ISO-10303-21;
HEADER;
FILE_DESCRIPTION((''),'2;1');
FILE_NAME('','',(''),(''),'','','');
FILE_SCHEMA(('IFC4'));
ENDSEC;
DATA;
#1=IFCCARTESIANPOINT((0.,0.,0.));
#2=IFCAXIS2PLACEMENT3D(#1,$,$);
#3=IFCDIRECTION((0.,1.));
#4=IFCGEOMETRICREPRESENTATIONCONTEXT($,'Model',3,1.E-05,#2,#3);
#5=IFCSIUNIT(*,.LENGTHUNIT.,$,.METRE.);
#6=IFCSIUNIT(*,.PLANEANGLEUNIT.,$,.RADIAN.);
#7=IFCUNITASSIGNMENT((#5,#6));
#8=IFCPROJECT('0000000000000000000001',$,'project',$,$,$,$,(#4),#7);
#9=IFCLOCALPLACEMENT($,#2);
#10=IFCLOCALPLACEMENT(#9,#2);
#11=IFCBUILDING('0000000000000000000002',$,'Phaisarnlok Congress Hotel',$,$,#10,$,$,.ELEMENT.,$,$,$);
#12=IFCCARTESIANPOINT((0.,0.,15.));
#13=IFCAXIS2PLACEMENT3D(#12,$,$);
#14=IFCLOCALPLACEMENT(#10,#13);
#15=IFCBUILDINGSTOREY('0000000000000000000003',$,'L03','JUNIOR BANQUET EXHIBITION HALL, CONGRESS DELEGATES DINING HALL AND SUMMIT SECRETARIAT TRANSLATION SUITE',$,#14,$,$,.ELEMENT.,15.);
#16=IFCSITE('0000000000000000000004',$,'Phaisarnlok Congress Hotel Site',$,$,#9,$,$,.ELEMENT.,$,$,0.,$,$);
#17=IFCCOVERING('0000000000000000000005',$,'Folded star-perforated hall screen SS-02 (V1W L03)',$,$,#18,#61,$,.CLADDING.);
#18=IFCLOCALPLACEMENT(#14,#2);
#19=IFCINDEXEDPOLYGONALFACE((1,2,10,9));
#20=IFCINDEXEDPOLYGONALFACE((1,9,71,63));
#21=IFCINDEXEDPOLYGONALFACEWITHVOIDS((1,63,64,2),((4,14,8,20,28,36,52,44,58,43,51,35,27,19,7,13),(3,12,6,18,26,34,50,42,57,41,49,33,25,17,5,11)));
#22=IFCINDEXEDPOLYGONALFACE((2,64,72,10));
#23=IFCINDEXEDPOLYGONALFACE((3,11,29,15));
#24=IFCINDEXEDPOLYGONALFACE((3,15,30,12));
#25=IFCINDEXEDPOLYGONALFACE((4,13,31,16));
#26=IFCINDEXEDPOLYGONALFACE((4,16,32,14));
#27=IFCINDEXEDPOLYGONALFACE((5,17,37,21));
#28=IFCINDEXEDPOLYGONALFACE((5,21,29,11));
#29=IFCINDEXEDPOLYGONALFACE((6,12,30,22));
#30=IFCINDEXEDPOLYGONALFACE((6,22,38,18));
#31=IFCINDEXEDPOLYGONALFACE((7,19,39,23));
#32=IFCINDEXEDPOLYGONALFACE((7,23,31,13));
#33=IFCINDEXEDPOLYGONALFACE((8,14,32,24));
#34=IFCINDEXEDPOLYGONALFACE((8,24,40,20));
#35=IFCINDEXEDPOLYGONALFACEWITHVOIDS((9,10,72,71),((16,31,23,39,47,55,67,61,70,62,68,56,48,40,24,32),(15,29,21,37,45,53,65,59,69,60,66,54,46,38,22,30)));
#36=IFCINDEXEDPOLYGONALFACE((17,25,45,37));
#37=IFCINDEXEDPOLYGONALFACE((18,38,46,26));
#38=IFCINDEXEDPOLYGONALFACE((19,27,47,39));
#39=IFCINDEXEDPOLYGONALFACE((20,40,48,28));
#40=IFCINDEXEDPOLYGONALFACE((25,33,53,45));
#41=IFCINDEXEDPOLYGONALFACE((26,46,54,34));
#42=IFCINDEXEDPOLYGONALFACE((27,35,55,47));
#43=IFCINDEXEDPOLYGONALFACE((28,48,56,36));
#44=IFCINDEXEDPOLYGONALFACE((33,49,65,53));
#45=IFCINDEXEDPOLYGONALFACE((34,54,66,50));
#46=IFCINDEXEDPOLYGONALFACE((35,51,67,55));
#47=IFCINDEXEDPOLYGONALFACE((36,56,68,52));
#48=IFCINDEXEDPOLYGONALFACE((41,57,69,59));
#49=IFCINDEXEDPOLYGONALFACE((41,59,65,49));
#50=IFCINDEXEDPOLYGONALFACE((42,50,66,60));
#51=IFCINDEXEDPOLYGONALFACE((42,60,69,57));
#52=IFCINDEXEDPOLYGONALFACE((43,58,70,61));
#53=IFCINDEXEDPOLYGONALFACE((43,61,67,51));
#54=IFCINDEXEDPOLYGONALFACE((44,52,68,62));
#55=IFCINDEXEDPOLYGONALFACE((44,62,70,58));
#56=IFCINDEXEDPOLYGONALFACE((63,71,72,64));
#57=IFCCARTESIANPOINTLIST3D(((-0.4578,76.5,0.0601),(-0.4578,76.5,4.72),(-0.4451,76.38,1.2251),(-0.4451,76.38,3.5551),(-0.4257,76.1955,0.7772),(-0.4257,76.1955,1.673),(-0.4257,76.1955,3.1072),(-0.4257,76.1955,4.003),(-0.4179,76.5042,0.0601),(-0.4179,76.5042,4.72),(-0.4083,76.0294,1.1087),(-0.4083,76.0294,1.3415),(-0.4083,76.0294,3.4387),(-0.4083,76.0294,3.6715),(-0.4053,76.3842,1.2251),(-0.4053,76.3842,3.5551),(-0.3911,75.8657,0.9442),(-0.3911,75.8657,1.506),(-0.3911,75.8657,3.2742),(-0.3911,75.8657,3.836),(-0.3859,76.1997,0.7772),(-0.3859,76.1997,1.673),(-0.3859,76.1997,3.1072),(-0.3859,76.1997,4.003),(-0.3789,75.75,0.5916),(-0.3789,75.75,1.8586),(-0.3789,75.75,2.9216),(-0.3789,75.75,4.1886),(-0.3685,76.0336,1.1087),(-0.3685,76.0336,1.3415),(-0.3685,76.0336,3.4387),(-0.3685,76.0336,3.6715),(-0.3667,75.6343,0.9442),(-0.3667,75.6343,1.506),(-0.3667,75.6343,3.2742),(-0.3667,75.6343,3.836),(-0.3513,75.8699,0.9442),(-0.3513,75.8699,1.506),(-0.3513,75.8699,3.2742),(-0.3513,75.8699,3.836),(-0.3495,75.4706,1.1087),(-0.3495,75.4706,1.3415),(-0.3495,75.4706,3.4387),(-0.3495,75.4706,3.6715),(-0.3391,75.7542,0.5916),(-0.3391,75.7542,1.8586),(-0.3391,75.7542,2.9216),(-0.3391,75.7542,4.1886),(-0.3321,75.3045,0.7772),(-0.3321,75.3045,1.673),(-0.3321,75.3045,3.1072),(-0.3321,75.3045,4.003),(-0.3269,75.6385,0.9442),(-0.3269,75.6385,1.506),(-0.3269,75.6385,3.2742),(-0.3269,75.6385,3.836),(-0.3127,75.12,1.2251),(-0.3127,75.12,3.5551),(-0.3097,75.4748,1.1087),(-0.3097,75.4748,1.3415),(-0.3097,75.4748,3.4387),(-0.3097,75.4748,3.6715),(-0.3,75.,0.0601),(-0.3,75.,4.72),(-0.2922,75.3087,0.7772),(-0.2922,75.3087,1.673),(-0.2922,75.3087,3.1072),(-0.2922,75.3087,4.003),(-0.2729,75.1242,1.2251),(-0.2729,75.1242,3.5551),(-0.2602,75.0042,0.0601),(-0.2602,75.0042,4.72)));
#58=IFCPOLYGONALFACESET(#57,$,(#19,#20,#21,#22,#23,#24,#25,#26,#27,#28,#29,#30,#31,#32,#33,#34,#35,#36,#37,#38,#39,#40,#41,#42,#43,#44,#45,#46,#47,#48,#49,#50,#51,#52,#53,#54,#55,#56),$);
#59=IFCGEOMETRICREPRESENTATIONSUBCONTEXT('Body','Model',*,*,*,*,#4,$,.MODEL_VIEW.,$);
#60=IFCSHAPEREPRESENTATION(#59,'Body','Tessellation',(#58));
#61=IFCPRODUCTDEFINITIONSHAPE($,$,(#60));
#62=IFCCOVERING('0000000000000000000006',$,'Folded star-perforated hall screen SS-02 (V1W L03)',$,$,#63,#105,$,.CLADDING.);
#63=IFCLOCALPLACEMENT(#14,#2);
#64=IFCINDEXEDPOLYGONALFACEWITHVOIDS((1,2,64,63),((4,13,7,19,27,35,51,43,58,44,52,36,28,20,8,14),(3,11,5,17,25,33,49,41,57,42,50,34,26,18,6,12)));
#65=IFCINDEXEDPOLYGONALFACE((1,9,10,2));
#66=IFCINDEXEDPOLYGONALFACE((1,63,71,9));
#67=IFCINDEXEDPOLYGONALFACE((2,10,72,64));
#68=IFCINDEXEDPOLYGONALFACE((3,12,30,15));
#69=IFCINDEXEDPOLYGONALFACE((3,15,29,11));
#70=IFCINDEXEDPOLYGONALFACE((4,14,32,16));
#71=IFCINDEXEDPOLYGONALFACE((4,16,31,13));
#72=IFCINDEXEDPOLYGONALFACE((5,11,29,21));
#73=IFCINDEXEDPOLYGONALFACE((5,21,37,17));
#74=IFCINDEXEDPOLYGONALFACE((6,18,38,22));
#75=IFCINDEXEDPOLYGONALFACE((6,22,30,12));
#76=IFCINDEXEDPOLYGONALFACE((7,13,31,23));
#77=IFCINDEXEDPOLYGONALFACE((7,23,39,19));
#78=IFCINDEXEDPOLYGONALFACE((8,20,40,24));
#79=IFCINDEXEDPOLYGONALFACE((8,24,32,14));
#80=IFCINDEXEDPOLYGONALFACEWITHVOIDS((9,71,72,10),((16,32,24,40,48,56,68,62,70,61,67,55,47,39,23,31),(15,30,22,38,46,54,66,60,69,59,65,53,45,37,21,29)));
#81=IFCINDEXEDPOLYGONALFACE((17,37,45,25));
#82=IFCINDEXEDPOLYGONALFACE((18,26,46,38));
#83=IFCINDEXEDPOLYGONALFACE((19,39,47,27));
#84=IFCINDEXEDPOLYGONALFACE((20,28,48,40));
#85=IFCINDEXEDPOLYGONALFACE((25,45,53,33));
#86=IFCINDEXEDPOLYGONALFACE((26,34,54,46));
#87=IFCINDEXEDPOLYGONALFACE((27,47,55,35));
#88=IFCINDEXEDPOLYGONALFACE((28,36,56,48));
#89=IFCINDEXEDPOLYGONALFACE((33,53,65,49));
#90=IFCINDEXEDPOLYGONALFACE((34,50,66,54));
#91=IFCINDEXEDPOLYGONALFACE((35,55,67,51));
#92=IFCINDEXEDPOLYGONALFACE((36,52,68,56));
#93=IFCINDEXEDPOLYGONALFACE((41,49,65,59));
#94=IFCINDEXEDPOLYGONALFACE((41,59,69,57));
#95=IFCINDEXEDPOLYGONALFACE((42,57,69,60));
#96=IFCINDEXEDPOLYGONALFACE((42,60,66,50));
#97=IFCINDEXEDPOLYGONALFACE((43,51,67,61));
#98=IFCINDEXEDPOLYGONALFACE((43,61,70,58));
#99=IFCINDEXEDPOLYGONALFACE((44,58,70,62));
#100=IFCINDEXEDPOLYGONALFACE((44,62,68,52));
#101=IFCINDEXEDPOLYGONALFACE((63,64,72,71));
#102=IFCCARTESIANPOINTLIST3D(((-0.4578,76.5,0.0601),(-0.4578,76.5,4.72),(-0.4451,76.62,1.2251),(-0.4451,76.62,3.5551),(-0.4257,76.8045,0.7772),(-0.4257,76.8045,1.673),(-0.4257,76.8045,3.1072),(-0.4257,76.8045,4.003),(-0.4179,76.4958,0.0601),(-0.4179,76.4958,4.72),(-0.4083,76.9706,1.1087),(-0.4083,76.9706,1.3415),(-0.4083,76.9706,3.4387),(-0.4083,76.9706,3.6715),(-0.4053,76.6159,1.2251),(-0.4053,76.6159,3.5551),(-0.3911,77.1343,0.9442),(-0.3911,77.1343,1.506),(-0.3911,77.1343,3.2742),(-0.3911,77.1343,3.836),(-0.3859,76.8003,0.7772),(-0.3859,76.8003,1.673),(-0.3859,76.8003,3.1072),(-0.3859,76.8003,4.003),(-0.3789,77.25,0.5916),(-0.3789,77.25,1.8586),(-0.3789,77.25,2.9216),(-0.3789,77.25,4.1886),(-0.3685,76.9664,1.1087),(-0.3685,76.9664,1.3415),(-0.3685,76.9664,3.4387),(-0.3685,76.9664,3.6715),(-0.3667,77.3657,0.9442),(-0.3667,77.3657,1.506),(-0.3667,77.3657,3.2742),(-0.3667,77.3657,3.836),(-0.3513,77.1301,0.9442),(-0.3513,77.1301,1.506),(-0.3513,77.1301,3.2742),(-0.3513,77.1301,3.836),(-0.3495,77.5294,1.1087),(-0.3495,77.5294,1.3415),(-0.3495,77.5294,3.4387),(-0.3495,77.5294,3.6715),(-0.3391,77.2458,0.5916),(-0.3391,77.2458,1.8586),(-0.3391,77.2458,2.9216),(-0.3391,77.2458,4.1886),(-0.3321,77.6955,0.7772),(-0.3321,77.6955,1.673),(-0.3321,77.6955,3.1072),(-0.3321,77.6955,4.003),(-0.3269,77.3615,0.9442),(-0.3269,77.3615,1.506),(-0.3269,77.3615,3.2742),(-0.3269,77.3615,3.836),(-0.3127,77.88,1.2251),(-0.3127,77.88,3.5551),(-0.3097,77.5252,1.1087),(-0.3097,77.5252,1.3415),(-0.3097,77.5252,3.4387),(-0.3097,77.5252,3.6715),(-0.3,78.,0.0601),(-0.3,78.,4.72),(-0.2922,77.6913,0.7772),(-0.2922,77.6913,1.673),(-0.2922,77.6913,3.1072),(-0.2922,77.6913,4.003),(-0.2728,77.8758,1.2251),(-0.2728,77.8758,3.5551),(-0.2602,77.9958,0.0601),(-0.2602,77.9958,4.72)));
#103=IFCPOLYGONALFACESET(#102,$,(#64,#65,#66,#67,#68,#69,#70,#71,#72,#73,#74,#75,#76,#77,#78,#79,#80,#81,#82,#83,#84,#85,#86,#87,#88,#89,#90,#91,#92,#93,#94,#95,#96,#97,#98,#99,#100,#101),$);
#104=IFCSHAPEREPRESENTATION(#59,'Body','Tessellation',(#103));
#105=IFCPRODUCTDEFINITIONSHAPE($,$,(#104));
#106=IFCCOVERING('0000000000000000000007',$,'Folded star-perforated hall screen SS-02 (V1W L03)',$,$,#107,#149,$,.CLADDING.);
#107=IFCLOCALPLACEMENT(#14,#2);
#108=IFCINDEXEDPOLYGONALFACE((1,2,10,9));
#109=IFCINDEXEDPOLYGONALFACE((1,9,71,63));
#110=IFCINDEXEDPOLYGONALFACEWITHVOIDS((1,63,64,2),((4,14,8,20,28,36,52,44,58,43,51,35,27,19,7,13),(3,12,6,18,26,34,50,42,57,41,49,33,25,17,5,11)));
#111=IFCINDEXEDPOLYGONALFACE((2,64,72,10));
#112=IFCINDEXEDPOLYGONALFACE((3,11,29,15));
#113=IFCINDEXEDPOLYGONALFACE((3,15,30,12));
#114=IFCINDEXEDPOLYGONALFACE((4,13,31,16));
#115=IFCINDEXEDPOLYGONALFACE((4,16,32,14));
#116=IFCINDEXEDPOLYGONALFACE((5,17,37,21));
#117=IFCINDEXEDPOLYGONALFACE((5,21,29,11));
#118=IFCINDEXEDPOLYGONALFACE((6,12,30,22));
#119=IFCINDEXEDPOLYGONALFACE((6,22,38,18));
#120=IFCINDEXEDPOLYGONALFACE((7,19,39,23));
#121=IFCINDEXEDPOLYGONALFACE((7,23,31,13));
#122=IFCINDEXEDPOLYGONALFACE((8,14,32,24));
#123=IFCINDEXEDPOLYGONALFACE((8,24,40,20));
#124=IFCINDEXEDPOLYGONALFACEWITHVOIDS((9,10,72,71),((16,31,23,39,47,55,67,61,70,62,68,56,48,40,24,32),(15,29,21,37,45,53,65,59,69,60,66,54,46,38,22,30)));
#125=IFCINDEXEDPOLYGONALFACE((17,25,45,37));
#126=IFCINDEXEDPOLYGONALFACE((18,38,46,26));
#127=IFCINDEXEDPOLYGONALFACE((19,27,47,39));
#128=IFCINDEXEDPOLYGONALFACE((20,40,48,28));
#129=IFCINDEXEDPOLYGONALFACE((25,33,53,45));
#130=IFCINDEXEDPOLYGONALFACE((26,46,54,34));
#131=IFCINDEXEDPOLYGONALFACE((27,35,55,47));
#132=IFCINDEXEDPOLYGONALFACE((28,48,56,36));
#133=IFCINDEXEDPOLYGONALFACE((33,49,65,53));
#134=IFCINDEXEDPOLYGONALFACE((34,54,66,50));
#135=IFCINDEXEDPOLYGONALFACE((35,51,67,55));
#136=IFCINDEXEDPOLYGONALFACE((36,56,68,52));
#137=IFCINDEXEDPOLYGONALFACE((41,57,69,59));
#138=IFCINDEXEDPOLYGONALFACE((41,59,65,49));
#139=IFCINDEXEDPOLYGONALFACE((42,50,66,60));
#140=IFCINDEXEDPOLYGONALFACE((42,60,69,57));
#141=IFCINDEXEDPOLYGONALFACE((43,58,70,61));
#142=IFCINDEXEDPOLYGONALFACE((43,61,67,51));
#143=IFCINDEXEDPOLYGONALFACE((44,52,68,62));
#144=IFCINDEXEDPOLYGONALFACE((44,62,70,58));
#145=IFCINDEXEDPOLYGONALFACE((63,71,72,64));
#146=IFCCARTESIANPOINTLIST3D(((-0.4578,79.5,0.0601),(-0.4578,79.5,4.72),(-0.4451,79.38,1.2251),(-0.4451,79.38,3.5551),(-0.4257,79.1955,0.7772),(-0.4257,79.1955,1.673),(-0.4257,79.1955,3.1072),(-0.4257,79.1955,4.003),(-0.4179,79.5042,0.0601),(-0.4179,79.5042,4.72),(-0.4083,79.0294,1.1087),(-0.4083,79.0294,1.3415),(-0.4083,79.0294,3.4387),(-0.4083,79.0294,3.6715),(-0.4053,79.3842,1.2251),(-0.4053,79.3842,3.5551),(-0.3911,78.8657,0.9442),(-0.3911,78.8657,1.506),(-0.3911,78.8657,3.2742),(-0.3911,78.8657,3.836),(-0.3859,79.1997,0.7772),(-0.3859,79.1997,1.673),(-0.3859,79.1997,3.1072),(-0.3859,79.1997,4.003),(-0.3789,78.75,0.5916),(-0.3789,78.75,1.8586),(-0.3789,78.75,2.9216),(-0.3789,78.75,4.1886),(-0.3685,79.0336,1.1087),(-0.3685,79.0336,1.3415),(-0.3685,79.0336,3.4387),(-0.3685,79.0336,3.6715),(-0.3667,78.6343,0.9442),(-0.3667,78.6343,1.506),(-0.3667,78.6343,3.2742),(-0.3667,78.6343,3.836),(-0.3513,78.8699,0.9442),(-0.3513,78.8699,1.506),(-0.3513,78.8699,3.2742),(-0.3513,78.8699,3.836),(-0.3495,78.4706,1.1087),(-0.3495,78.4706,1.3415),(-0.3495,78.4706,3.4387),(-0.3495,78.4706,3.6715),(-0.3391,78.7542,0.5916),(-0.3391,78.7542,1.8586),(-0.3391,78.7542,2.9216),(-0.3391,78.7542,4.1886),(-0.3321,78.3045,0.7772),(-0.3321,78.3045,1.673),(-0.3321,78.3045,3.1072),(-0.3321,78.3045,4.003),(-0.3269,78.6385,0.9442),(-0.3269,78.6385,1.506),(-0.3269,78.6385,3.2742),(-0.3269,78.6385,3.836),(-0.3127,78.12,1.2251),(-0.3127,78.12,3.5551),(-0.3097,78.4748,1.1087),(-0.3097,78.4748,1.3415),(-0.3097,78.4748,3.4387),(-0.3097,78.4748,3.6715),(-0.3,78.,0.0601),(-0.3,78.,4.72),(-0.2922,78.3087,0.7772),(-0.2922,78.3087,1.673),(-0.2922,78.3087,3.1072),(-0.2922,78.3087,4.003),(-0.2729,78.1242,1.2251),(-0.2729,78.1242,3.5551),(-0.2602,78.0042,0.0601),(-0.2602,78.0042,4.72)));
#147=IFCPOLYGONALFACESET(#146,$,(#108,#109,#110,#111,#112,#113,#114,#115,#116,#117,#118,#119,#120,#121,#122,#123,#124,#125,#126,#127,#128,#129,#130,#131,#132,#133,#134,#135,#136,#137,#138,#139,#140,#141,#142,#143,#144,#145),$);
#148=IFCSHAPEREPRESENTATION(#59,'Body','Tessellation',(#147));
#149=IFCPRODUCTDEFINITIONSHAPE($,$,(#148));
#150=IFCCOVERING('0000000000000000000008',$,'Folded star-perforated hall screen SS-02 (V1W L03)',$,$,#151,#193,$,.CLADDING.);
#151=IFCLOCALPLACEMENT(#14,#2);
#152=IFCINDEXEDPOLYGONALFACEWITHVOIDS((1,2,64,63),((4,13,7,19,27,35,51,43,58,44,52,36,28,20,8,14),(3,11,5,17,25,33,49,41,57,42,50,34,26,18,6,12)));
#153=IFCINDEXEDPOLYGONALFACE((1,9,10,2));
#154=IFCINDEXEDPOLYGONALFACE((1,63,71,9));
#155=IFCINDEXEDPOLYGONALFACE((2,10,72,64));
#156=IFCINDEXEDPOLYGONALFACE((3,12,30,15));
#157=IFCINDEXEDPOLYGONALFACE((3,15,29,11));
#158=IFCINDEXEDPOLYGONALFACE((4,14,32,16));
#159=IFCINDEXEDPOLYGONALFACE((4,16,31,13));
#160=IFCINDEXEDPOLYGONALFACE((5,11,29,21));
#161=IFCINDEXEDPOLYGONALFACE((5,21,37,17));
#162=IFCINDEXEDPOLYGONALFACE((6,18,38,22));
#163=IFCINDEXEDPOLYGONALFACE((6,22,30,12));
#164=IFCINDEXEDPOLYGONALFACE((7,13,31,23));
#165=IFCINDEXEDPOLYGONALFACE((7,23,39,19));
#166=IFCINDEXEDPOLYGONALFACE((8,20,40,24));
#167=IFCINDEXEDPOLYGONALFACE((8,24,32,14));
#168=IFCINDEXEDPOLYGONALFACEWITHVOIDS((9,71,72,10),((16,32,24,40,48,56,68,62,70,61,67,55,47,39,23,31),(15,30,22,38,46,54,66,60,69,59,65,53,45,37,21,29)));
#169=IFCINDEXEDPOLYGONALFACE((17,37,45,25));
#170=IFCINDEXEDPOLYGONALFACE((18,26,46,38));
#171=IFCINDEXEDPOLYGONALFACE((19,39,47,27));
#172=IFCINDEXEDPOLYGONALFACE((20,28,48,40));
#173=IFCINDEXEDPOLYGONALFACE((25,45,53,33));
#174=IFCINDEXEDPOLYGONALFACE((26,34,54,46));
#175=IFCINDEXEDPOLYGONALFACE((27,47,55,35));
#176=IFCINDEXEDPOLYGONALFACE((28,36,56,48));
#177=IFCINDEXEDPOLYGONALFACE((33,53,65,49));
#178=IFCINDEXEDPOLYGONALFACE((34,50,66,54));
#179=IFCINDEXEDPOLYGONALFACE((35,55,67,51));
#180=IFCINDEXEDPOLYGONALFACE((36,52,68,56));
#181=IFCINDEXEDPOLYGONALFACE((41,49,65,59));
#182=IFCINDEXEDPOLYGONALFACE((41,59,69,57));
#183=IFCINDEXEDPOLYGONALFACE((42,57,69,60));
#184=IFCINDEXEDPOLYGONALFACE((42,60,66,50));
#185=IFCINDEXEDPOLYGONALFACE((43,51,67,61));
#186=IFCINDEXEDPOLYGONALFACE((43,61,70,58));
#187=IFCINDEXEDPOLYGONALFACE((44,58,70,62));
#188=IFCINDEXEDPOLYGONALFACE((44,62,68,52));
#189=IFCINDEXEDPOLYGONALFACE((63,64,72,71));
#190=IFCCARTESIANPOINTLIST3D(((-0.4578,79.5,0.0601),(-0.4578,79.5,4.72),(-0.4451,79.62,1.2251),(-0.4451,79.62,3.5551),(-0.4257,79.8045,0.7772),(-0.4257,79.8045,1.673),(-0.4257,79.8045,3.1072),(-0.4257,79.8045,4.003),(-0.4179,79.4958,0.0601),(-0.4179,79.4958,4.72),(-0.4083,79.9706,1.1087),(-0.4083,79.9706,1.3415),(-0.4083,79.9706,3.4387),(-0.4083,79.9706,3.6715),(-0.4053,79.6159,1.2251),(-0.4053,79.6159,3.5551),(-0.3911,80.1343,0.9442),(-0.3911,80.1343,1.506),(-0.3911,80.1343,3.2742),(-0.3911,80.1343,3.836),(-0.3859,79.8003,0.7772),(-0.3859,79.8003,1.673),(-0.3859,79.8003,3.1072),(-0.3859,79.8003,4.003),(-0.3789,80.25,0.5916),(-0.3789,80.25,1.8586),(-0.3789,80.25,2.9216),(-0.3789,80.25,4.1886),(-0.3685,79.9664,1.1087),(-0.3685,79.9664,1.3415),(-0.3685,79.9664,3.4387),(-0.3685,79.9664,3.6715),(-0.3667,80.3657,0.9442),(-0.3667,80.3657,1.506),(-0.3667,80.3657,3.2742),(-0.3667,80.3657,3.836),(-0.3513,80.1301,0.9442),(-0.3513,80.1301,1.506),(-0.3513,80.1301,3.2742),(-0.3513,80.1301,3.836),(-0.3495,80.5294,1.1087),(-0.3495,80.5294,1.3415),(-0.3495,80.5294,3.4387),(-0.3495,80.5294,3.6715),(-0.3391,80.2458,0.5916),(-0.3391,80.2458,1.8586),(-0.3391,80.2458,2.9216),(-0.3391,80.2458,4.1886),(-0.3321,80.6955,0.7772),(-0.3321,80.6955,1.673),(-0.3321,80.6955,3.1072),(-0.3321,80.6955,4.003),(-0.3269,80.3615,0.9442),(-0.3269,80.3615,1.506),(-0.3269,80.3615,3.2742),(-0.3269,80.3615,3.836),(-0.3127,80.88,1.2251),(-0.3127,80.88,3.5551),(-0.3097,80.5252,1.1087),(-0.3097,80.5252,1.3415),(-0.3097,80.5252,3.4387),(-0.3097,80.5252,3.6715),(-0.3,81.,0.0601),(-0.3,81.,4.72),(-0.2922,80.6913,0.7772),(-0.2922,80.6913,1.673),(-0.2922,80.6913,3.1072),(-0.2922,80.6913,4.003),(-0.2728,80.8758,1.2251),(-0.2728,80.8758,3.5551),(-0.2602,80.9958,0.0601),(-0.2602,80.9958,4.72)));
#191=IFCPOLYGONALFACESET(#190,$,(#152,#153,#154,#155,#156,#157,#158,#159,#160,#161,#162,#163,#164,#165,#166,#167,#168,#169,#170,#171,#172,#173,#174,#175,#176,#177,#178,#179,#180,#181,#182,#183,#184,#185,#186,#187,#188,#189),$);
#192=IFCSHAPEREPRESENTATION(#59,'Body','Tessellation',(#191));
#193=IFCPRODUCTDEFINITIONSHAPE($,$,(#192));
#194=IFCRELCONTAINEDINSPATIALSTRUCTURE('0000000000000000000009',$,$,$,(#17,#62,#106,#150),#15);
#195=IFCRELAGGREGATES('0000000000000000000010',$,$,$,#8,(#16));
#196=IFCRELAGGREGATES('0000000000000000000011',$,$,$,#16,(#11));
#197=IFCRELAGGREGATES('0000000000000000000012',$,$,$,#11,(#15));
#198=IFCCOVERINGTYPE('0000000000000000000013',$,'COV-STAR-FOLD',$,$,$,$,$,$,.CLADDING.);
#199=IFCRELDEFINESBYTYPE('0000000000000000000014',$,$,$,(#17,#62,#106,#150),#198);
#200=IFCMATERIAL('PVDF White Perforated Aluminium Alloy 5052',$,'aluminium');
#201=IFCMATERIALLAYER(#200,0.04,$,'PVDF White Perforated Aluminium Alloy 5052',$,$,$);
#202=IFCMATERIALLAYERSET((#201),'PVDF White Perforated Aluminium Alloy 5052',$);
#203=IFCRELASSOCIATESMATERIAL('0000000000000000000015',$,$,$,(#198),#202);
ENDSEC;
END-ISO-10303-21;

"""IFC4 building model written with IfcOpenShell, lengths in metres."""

from ifc_helpers import new_model, si_unit, direction, frame, origin, place, context, subcontext, project, spatial, polyline, outline, extrude, material, layer, layer_set, type_object, element, save


model = new_model("IFC4")

# Units and contexts
model_context = context("Model", 3, precision=1e-05, world=origin(), true_north=direction((0.0, 1.0)))
body_context = subcontext(model_context, "Body", "Model", "MODEL_VIEW")
ifc_project = project(units=[si_unit("LENGTHUNIT", "METRE"), si_unit("PLANEANGLEUNIT", "RADIAN")], contexts=[model_context])

# Site, building, storey
site_placement = place(None, origin())
site = spatial("IfcSite", under=ifc_project, at=site_placement, Name="Phaisarnlok Congress Hotel Site", CompositionType="ELEMENT", RefElevation=0.0)
building_placement = place(site_placement, origin())
building = spatial("IfcBuilding", under=site, at=building_placement, Name="Phaisarnlok Congress Hotel", CompositionType="ELEMENT")
storey_placement = place(building_placement, frame((0.0, 0.0, 15.0)))
storey = spatial("IfcBuildingStorey", under=building, at=storey_placement, Name="L03", Description="JUNIOR BANQUET EXHIBITION HALL, CONGRESS DELEGATES DINING HALL AND SUMMIT SECRETARIAT TRANSLATION SUITE", CompositionType="ELEMENT", Elevation=15.0)

# Coverings
ifc_material_1 = material(Name="PVDF White Perforated Aluminium Alloy 5052", Category="aluminium")
ifc_layer_1 = layer(ifc_material_1, 0.04, Name="PVDF White Perforated Aluminium Alloy 5052")
ifc_layer_set_1 = layer_set([ifc_layer_1], Name="PVDF White Perforated Aluminium Alloy 5052")
covering_type = type_object("IfcCoveringType", Name="COV-STAR-FOLD", PredefinedType="CLADDING", material=ifc_layer_set_1)
for number, where, z_axis, x_axis, name in (
    (1, (-0.3, 75.0, 0.0601), (0.994518, 0.104567, 0.0), (-0.104567, 0.994518, 0.0), "Folded star-perforated hall screen SS-02 (V1W L03)"),
    (2, (-0.4578, 76.5, 0.0601), (0.994518, -0.104567, 0.0), (0.104567, 0.994518, 0.0), "Folded star-perforated hall screen SS-02 (V1W L03)"),
    (3, (-0.3, 78.0, 0.0601), (0.994518, 0.104567, 0.0), (-0.104567, 0.994518, 0.0), "Folded star-perforated hall screen SS-02 (V1W L03)"),
    (4, (-0.4578, 79.5, 0.0601), (0.994518, -0.104567, 0.0), (0.104567, 0.994518, 0.0), "Folded star-perforated hall screen SS-02 (V1W L03)"),
):
    element("IfcCovering", number, at=place(storey_placement, frame(where, z_axis=z_axis, x_axis=x_axis)), inside=storey, type_object=covering_type, Name=name, PredefinedType="CLADDING", context=body_context, shape_type="SweptSolid", body=[
        extrude(outline(polyline([(0.0, 0.0), (1.5083, 0.0), (1.5083, 4.6599), (0.0, 4.6599), (0.0, 0.0)]), holes=[polyline([(1.0351, 1.0486), (1.2021, 0.7171), (0.8705, 0.8841), (0.7541, 0.5315), (0.6378, 0.8841), (0.3062, 0.7171), (0.4732, 1.0486), (0.1207, 1.165), (0.4732, 1.2814), (0.3062, 1.6129), (0.6378, 1.4459), (0.7541, 1.7985), (0.8705, 1.4459), (1.2021, 1.6129), (1.0351, 1.2814), (1.3876, 1.165), (1.0351, 1.0486)]), polyline([(1.0351, 3.3786), (1.2021, 3.0471), (0.8705, 3.2141), (0.7541, 2.8615), (0.6378, 3.2141), (0.3062, 3.0471), (0.4732, 3.3786), (0.1207, 3.495), (0.4732, 3.6114), (0.3062, 3.9429), (0.6378, 3.7759), (0.7541, 4.1285), (0.8705, 3.7759), (1.2021, 3.9429), (1.0351, 3.6114), (1.3876, 3.495), (1.0351, 3.3786)])]), origin(), (0.0, 0.0, 1.0), 0.04),
    ])

save(model, "model.ifc")
